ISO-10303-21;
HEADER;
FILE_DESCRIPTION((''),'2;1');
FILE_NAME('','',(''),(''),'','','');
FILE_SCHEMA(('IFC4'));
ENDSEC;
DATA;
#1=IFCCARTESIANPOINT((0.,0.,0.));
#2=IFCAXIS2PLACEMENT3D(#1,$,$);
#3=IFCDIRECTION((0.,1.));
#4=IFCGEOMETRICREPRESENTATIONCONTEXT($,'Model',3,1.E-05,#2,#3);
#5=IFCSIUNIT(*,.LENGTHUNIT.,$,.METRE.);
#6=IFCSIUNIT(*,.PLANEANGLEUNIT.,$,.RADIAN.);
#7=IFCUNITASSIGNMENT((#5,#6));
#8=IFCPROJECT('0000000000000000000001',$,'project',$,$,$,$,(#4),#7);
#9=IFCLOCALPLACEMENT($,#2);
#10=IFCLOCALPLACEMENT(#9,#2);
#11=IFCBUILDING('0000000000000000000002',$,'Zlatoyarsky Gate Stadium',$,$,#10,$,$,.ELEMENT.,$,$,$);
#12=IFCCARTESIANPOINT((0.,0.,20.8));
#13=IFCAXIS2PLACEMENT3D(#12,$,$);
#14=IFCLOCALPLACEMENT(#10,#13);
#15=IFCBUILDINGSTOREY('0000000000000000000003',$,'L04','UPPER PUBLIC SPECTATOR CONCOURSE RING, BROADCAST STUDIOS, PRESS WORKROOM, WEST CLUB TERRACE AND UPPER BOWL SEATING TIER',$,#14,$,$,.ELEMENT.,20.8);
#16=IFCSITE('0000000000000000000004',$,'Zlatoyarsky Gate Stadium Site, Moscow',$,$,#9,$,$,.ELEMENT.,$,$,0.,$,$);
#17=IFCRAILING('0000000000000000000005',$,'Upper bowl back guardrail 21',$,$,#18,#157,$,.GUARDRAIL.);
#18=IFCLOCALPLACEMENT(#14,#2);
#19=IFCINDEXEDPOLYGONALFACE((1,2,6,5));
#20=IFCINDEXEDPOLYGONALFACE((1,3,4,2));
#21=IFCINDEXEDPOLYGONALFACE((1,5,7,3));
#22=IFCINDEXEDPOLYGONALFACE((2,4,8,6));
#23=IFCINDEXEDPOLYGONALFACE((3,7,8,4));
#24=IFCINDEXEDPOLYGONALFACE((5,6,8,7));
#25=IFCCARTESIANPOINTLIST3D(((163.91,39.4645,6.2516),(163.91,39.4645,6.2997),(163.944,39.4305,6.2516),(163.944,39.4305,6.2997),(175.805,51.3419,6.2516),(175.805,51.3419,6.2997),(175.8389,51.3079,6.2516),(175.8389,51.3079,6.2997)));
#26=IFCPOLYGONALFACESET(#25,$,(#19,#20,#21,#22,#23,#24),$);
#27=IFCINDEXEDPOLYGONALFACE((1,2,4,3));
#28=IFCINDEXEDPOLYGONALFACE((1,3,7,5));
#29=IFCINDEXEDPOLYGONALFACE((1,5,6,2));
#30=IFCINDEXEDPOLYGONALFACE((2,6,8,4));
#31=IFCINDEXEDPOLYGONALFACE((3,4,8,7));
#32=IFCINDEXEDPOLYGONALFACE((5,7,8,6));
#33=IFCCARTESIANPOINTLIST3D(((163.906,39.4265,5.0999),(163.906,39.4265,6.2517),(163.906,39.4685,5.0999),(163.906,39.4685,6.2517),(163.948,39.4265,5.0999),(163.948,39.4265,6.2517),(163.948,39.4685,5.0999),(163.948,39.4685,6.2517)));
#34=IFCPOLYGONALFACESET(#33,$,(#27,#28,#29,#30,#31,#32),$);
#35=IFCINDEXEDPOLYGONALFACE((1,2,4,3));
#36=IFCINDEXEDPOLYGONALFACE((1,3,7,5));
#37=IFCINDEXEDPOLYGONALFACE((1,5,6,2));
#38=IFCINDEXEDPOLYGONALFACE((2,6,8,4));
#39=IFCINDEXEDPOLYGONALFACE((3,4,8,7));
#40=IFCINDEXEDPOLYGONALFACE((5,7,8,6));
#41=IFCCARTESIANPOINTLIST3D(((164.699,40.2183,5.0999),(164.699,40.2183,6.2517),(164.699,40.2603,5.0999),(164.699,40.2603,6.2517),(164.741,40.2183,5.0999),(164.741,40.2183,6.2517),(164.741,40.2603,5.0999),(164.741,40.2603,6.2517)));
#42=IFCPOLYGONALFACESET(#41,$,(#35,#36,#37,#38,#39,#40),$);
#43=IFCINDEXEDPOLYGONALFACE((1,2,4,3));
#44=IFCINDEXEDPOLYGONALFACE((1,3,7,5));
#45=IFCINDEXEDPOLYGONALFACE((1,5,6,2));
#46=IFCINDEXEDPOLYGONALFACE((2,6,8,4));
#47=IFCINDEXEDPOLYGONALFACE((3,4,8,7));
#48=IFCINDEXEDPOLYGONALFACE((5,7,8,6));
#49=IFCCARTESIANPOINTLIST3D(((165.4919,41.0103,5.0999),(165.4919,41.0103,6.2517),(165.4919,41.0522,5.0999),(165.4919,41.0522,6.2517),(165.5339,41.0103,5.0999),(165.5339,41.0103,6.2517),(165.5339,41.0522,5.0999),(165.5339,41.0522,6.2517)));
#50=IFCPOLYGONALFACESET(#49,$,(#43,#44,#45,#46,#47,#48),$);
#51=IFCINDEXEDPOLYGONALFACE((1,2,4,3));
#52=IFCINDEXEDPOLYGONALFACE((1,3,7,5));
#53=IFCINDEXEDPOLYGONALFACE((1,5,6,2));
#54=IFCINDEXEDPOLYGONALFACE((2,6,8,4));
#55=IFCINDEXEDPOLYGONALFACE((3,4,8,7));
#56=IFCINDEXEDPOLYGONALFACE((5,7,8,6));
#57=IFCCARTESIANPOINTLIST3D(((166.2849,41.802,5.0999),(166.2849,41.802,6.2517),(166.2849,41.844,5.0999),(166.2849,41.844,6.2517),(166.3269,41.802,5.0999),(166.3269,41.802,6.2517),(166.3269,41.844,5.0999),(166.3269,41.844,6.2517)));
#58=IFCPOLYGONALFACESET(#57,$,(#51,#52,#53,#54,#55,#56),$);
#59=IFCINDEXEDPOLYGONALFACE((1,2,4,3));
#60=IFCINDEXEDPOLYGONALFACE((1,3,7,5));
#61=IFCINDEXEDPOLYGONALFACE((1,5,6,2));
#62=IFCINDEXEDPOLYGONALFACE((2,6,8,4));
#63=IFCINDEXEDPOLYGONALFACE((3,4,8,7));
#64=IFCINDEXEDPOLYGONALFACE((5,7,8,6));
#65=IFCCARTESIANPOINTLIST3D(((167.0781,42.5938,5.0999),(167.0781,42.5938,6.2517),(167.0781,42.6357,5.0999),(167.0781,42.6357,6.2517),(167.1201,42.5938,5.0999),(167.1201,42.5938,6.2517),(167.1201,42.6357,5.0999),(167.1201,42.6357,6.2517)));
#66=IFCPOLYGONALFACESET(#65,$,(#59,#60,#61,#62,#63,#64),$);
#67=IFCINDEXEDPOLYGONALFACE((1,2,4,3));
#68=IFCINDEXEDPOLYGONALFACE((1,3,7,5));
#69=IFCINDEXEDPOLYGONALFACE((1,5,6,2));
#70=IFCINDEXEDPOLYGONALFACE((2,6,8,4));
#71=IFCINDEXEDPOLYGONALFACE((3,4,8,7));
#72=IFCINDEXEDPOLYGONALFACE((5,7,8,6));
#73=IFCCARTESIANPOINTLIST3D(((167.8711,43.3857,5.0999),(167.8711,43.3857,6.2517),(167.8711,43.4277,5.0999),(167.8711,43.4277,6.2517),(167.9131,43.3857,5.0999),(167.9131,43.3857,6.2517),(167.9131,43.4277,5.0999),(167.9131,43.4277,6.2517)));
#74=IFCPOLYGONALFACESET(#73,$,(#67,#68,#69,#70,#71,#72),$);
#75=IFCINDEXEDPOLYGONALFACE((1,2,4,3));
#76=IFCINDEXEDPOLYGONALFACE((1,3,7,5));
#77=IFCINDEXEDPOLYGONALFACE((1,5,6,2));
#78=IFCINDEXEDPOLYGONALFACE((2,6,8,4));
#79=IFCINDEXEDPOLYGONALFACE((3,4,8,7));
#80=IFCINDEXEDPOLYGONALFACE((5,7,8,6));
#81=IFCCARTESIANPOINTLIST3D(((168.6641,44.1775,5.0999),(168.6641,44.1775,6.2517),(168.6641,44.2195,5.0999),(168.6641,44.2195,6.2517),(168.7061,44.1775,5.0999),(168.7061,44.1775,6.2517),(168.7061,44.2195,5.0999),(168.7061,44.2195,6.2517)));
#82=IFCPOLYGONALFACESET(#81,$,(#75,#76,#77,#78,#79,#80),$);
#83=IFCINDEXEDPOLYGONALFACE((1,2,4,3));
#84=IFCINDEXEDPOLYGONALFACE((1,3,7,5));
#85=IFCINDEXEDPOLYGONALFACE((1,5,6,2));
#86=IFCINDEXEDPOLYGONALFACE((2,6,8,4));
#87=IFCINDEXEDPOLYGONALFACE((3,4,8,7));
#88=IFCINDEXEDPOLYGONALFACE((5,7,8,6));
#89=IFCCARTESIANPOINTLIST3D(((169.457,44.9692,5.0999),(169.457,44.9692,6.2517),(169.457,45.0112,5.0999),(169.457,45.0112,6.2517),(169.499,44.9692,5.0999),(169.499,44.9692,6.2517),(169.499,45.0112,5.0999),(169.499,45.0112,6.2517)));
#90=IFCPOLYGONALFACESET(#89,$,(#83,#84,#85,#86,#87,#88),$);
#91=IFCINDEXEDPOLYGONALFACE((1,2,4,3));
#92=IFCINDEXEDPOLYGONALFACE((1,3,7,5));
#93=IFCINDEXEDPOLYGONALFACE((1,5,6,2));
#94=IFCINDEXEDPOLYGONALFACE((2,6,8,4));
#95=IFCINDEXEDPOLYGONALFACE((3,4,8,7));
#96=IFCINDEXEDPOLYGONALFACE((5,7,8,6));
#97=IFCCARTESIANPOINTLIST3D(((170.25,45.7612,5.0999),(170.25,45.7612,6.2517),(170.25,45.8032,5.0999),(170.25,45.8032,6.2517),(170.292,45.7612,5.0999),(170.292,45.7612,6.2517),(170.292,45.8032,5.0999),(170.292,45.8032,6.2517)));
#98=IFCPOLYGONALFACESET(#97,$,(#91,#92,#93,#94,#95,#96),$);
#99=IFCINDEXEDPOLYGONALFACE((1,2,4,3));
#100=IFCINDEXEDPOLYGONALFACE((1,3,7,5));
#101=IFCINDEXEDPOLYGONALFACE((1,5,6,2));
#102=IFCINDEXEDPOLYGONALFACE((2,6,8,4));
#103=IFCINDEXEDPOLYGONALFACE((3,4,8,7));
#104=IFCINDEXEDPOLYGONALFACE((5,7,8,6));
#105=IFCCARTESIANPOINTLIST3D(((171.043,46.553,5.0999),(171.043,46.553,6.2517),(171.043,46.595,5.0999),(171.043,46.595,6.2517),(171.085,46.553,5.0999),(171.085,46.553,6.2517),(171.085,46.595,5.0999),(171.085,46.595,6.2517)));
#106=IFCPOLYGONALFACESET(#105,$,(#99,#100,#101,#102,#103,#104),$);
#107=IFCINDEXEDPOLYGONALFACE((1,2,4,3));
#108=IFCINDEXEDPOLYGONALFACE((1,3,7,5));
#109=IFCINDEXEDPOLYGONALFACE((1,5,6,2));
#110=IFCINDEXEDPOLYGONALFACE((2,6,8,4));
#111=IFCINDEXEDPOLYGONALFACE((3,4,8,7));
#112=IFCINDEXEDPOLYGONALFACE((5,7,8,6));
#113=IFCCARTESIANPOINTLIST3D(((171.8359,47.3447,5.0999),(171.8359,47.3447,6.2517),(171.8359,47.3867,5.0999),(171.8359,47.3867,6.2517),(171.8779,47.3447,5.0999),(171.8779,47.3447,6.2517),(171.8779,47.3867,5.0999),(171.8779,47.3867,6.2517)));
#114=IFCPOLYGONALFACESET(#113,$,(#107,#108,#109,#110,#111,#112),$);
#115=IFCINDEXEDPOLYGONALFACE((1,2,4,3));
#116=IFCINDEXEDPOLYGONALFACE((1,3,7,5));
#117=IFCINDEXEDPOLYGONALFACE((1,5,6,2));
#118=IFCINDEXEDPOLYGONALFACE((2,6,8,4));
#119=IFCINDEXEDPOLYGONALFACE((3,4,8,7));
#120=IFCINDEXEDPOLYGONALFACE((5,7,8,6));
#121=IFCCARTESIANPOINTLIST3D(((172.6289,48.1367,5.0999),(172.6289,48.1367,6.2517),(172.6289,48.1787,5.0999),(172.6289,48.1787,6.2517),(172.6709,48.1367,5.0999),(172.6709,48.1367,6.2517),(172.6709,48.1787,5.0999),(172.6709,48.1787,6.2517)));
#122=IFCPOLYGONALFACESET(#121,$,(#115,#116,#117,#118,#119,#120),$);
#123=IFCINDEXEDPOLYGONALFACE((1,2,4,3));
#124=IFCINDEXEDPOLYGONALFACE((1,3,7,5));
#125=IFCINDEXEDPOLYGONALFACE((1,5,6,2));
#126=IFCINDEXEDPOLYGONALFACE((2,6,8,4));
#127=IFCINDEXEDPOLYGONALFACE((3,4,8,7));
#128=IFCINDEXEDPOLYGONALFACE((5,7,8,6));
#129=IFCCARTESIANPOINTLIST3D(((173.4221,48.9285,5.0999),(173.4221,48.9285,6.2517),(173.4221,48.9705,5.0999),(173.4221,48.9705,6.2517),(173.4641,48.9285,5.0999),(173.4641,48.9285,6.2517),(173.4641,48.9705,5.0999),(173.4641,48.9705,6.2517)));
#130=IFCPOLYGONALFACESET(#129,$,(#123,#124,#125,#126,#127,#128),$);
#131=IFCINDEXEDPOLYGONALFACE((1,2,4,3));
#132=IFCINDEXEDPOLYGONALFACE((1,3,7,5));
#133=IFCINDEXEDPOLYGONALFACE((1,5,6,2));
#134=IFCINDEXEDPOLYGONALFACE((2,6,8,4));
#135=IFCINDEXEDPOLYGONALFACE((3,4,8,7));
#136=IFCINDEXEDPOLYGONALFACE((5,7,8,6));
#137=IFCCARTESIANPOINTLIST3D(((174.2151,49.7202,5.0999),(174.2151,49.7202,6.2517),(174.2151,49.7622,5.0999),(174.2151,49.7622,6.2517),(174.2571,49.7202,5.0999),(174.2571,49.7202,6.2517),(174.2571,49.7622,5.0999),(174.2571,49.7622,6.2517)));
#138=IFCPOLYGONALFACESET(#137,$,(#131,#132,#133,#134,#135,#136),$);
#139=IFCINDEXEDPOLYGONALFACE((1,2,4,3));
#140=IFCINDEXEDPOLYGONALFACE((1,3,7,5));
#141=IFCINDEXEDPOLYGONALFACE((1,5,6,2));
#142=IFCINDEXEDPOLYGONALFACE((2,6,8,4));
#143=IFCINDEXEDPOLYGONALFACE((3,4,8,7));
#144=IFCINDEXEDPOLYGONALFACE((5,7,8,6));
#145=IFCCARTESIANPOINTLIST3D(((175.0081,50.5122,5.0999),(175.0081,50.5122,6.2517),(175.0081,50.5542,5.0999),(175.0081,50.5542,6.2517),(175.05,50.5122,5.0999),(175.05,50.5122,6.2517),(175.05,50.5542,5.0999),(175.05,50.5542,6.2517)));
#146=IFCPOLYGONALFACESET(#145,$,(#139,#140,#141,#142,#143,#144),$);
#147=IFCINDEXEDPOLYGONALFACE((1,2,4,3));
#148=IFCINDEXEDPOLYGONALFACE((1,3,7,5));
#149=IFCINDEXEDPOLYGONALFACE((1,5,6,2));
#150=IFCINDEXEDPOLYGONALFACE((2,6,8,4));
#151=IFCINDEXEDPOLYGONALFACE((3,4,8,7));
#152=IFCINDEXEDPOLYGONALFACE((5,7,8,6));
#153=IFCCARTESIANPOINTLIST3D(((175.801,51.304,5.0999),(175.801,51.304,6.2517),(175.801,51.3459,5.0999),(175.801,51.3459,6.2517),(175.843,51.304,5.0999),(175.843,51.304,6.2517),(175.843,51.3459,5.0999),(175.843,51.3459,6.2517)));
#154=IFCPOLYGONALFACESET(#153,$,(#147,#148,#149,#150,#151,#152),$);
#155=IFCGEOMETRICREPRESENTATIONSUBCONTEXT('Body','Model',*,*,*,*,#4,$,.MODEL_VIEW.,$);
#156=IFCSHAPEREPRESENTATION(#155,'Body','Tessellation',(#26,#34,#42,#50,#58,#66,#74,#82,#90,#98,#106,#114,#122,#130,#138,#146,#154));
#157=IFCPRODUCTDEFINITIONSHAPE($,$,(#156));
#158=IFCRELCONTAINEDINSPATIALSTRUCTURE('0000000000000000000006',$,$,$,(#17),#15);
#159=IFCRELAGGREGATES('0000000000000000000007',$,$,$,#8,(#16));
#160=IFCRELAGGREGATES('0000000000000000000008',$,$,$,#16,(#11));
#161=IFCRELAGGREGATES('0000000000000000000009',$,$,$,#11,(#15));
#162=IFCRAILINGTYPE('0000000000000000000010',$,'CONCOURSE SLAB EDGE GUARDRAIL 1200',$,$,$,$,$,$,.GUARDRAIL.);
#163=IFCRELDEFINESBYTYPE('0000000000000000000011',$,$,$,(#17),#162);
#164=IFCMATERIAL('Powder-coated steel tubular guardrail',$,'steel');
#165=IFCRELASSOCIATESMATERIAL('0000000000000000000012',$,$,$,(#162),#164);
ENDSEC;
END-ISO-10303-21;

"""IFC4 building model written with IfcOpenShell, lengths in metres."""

from ifc_helpers import new_model, si_unit, direction, frame, origin, origin_2d, place, context, subcontext, project, spatial, rectangle, extrude, material, type_object, element, save


model = new_model("IFC4")

# Units and contexts
model_context = context("Model", 3, precision=1e-05, world=origin(), true_north=direction((0.0, 1.0)))
body_context = subcontext(model_context, "Body", "Model", "MODEL_VIEW")
ifc_project = project(units=[si_unit("LENGTHUNIT", "METRE"), si_unit("PLANEANGLEUNIT", "RADIAN")], contexts=[model_context])

# Site, building, storey
site_placement = place(None, origin())
site = spatial("IfcSite", under=ifc_project, at=site_placement, Name="Zlatoyarsky Gate Stadium Site, Moscow", CompositionType="ELEMENT", RefElevation=0.0)
building_placement = place(site_placement, origin())
building = spatial("IfcBuilding", under=site, at=building_placement, Name="Zlatoyarsky Gate Stadium", CompositionType="ELEMENT")
storey_placement = place(building_placement, frame((0.0, 0.0, 20.8)))
storey = spatial("IfcBuildingStorey", under=building, at=storey_placement, Name="L04", Description="UPPER PUBLIC SPECTATOR CONCOURSE RING, BROADCAST STUDIOS, PRESS WORKROOM, WEST CLUB TERRACE AND UPPER BOWL SEATING TIER", CompositionType="ELEMENT", Elevation=20.8)

# Railing
ifc_material_1 = material(Name="Powder-coated steel tubular guardrail", Category="steel")
railing_type_1 = type_object("IfcRailingType", Name="CONCOURSE SLAB EDGE GUARDRAIL 1200", PredefinedType="GUARDRAIL", material=ifc_material_1)
railing_1_placement = place(storey_placement, frame((163.927, 39.4475, 5.0999)))
element("IfcRailing", 1, at=railing_1_placement, inside=storey, type_object=railing_type_1, Name="Upper bowl back guardrail 21", PredefinedType="GUARDRAIL", context=body_context, shape_type="SweptSolid", body=[
    extrude(rectangle(XDim=0.0481, YDim=0.0481, at=origin_2d()), frame((0.0, 0.0, 1.1758), z_axis=(0.707629, 0.706584, 0.0), x_axis=(-0.706584, 0.707629, 0.0)), (0.0, 0.0, 1.0), 16.8096),
    extrude(rectangle(XDim=0.042, YDim=0.042, at=origin_2d()), origin(), (0.0, 0.0, 1.0), 1.1519),
    extrude(rectangle(XDim=0.042, YDim=0.042, at=origin_2d()), frame((0.793, 0.7917, 0.0)), (0.0, 0.0, 1.0), 1.1519),
    extrude(rectangle(XDim=0.042, YDim=0.042, at=origin_2d()), frame((1.5859, 1.5837, 0.0)), (0.0, 0.0, 1.0), 1.1519),
    extrude(rectangle(XDim=0.042, YDim=0.042, at=origin_2d()), frame((2.3789, 2.3755, 0.0)), (0.0, 0.0, 1.0), 1.1519),
    extrude(rectangle(XDim=0.042, YDim=0.042, at=origin_2d()), frame((3.1721, 3.1672, 0.0)), (0.0, 0.0, 1.0), 1.1519),
    extrude(rectangle(XDim=0.042, YDim=0.042, at=origin_2d()), frame((3.9651, 3.9592, 0.0)), (0.0, 0.0, 1.0), 1.1519),
    extrude(rectangle(XDim=0.042, YDim=0.042, at=origin_2d()), frame((4.7581, 4.751, 0.0)), (0.0, 0.0, 1.0), 1.1519),
    extrude(rectangle(XDim=0.042, YDim=0.042, at=origin_2d()), frame((5.551, 5.5427, 0.0)), (0.0, 0.0, 1.0), 1.1519),
    extrude(rectangle(XDim=0.042, YDim=0.042, at=origin_2d()), frame((6.344, 6.3347, 0.0)), (0.0, 0.0, 1.0), 1.1519),
    extrude(rectangle(XDim=0.042, YDim=0.042, at=origin_2d()), frame((7.137, 7.1265, 0.0)), (0.0, 0.0, 1.0), 1.1519),
    extrude(rectangle(XDim=0.042, YDim=0.042, at=origin_2d()), frame((7.9299, 7.9182, 0.0)), (0.0, 0.0, 1.0), 1.1519),
    extrude(rectangle(XDim=0.042, YDim=0.042, at=origin_2d()), frame((8.7229, 8.7102, 0.0)), (0.0, 0.0, 1.0), 1.1519),
    extrude(rectangle(XDim=0.042, YDim=0.042, at=origin_2d()), frame((9.5161, 9.502, 0.0)), (0.0, 0.0, 1.0), 1.1519),
    extrude(rectangle(XDim=0.042, YDim=0.042, at=origin_2d()), frame((10.3091, 10.2937, 0.0)), (0.0, 0.0, 1.0), 1.1519),
    extrude(rectangle(XDim=0.042, YDim=0.042, at=origin_2d()), frame((11.1021, 11.0857, 0.0)), (0.0, 0.0, 1.0), 1.1519),
    extrude(rectangle(XDim=0.042, YDim=0.042, at=origin_2d()), frame((11.895, 11.8774, 0.0)), (0.0, 0.0, 1.0), 1.1519),
])

save(model, "model.ifc")
